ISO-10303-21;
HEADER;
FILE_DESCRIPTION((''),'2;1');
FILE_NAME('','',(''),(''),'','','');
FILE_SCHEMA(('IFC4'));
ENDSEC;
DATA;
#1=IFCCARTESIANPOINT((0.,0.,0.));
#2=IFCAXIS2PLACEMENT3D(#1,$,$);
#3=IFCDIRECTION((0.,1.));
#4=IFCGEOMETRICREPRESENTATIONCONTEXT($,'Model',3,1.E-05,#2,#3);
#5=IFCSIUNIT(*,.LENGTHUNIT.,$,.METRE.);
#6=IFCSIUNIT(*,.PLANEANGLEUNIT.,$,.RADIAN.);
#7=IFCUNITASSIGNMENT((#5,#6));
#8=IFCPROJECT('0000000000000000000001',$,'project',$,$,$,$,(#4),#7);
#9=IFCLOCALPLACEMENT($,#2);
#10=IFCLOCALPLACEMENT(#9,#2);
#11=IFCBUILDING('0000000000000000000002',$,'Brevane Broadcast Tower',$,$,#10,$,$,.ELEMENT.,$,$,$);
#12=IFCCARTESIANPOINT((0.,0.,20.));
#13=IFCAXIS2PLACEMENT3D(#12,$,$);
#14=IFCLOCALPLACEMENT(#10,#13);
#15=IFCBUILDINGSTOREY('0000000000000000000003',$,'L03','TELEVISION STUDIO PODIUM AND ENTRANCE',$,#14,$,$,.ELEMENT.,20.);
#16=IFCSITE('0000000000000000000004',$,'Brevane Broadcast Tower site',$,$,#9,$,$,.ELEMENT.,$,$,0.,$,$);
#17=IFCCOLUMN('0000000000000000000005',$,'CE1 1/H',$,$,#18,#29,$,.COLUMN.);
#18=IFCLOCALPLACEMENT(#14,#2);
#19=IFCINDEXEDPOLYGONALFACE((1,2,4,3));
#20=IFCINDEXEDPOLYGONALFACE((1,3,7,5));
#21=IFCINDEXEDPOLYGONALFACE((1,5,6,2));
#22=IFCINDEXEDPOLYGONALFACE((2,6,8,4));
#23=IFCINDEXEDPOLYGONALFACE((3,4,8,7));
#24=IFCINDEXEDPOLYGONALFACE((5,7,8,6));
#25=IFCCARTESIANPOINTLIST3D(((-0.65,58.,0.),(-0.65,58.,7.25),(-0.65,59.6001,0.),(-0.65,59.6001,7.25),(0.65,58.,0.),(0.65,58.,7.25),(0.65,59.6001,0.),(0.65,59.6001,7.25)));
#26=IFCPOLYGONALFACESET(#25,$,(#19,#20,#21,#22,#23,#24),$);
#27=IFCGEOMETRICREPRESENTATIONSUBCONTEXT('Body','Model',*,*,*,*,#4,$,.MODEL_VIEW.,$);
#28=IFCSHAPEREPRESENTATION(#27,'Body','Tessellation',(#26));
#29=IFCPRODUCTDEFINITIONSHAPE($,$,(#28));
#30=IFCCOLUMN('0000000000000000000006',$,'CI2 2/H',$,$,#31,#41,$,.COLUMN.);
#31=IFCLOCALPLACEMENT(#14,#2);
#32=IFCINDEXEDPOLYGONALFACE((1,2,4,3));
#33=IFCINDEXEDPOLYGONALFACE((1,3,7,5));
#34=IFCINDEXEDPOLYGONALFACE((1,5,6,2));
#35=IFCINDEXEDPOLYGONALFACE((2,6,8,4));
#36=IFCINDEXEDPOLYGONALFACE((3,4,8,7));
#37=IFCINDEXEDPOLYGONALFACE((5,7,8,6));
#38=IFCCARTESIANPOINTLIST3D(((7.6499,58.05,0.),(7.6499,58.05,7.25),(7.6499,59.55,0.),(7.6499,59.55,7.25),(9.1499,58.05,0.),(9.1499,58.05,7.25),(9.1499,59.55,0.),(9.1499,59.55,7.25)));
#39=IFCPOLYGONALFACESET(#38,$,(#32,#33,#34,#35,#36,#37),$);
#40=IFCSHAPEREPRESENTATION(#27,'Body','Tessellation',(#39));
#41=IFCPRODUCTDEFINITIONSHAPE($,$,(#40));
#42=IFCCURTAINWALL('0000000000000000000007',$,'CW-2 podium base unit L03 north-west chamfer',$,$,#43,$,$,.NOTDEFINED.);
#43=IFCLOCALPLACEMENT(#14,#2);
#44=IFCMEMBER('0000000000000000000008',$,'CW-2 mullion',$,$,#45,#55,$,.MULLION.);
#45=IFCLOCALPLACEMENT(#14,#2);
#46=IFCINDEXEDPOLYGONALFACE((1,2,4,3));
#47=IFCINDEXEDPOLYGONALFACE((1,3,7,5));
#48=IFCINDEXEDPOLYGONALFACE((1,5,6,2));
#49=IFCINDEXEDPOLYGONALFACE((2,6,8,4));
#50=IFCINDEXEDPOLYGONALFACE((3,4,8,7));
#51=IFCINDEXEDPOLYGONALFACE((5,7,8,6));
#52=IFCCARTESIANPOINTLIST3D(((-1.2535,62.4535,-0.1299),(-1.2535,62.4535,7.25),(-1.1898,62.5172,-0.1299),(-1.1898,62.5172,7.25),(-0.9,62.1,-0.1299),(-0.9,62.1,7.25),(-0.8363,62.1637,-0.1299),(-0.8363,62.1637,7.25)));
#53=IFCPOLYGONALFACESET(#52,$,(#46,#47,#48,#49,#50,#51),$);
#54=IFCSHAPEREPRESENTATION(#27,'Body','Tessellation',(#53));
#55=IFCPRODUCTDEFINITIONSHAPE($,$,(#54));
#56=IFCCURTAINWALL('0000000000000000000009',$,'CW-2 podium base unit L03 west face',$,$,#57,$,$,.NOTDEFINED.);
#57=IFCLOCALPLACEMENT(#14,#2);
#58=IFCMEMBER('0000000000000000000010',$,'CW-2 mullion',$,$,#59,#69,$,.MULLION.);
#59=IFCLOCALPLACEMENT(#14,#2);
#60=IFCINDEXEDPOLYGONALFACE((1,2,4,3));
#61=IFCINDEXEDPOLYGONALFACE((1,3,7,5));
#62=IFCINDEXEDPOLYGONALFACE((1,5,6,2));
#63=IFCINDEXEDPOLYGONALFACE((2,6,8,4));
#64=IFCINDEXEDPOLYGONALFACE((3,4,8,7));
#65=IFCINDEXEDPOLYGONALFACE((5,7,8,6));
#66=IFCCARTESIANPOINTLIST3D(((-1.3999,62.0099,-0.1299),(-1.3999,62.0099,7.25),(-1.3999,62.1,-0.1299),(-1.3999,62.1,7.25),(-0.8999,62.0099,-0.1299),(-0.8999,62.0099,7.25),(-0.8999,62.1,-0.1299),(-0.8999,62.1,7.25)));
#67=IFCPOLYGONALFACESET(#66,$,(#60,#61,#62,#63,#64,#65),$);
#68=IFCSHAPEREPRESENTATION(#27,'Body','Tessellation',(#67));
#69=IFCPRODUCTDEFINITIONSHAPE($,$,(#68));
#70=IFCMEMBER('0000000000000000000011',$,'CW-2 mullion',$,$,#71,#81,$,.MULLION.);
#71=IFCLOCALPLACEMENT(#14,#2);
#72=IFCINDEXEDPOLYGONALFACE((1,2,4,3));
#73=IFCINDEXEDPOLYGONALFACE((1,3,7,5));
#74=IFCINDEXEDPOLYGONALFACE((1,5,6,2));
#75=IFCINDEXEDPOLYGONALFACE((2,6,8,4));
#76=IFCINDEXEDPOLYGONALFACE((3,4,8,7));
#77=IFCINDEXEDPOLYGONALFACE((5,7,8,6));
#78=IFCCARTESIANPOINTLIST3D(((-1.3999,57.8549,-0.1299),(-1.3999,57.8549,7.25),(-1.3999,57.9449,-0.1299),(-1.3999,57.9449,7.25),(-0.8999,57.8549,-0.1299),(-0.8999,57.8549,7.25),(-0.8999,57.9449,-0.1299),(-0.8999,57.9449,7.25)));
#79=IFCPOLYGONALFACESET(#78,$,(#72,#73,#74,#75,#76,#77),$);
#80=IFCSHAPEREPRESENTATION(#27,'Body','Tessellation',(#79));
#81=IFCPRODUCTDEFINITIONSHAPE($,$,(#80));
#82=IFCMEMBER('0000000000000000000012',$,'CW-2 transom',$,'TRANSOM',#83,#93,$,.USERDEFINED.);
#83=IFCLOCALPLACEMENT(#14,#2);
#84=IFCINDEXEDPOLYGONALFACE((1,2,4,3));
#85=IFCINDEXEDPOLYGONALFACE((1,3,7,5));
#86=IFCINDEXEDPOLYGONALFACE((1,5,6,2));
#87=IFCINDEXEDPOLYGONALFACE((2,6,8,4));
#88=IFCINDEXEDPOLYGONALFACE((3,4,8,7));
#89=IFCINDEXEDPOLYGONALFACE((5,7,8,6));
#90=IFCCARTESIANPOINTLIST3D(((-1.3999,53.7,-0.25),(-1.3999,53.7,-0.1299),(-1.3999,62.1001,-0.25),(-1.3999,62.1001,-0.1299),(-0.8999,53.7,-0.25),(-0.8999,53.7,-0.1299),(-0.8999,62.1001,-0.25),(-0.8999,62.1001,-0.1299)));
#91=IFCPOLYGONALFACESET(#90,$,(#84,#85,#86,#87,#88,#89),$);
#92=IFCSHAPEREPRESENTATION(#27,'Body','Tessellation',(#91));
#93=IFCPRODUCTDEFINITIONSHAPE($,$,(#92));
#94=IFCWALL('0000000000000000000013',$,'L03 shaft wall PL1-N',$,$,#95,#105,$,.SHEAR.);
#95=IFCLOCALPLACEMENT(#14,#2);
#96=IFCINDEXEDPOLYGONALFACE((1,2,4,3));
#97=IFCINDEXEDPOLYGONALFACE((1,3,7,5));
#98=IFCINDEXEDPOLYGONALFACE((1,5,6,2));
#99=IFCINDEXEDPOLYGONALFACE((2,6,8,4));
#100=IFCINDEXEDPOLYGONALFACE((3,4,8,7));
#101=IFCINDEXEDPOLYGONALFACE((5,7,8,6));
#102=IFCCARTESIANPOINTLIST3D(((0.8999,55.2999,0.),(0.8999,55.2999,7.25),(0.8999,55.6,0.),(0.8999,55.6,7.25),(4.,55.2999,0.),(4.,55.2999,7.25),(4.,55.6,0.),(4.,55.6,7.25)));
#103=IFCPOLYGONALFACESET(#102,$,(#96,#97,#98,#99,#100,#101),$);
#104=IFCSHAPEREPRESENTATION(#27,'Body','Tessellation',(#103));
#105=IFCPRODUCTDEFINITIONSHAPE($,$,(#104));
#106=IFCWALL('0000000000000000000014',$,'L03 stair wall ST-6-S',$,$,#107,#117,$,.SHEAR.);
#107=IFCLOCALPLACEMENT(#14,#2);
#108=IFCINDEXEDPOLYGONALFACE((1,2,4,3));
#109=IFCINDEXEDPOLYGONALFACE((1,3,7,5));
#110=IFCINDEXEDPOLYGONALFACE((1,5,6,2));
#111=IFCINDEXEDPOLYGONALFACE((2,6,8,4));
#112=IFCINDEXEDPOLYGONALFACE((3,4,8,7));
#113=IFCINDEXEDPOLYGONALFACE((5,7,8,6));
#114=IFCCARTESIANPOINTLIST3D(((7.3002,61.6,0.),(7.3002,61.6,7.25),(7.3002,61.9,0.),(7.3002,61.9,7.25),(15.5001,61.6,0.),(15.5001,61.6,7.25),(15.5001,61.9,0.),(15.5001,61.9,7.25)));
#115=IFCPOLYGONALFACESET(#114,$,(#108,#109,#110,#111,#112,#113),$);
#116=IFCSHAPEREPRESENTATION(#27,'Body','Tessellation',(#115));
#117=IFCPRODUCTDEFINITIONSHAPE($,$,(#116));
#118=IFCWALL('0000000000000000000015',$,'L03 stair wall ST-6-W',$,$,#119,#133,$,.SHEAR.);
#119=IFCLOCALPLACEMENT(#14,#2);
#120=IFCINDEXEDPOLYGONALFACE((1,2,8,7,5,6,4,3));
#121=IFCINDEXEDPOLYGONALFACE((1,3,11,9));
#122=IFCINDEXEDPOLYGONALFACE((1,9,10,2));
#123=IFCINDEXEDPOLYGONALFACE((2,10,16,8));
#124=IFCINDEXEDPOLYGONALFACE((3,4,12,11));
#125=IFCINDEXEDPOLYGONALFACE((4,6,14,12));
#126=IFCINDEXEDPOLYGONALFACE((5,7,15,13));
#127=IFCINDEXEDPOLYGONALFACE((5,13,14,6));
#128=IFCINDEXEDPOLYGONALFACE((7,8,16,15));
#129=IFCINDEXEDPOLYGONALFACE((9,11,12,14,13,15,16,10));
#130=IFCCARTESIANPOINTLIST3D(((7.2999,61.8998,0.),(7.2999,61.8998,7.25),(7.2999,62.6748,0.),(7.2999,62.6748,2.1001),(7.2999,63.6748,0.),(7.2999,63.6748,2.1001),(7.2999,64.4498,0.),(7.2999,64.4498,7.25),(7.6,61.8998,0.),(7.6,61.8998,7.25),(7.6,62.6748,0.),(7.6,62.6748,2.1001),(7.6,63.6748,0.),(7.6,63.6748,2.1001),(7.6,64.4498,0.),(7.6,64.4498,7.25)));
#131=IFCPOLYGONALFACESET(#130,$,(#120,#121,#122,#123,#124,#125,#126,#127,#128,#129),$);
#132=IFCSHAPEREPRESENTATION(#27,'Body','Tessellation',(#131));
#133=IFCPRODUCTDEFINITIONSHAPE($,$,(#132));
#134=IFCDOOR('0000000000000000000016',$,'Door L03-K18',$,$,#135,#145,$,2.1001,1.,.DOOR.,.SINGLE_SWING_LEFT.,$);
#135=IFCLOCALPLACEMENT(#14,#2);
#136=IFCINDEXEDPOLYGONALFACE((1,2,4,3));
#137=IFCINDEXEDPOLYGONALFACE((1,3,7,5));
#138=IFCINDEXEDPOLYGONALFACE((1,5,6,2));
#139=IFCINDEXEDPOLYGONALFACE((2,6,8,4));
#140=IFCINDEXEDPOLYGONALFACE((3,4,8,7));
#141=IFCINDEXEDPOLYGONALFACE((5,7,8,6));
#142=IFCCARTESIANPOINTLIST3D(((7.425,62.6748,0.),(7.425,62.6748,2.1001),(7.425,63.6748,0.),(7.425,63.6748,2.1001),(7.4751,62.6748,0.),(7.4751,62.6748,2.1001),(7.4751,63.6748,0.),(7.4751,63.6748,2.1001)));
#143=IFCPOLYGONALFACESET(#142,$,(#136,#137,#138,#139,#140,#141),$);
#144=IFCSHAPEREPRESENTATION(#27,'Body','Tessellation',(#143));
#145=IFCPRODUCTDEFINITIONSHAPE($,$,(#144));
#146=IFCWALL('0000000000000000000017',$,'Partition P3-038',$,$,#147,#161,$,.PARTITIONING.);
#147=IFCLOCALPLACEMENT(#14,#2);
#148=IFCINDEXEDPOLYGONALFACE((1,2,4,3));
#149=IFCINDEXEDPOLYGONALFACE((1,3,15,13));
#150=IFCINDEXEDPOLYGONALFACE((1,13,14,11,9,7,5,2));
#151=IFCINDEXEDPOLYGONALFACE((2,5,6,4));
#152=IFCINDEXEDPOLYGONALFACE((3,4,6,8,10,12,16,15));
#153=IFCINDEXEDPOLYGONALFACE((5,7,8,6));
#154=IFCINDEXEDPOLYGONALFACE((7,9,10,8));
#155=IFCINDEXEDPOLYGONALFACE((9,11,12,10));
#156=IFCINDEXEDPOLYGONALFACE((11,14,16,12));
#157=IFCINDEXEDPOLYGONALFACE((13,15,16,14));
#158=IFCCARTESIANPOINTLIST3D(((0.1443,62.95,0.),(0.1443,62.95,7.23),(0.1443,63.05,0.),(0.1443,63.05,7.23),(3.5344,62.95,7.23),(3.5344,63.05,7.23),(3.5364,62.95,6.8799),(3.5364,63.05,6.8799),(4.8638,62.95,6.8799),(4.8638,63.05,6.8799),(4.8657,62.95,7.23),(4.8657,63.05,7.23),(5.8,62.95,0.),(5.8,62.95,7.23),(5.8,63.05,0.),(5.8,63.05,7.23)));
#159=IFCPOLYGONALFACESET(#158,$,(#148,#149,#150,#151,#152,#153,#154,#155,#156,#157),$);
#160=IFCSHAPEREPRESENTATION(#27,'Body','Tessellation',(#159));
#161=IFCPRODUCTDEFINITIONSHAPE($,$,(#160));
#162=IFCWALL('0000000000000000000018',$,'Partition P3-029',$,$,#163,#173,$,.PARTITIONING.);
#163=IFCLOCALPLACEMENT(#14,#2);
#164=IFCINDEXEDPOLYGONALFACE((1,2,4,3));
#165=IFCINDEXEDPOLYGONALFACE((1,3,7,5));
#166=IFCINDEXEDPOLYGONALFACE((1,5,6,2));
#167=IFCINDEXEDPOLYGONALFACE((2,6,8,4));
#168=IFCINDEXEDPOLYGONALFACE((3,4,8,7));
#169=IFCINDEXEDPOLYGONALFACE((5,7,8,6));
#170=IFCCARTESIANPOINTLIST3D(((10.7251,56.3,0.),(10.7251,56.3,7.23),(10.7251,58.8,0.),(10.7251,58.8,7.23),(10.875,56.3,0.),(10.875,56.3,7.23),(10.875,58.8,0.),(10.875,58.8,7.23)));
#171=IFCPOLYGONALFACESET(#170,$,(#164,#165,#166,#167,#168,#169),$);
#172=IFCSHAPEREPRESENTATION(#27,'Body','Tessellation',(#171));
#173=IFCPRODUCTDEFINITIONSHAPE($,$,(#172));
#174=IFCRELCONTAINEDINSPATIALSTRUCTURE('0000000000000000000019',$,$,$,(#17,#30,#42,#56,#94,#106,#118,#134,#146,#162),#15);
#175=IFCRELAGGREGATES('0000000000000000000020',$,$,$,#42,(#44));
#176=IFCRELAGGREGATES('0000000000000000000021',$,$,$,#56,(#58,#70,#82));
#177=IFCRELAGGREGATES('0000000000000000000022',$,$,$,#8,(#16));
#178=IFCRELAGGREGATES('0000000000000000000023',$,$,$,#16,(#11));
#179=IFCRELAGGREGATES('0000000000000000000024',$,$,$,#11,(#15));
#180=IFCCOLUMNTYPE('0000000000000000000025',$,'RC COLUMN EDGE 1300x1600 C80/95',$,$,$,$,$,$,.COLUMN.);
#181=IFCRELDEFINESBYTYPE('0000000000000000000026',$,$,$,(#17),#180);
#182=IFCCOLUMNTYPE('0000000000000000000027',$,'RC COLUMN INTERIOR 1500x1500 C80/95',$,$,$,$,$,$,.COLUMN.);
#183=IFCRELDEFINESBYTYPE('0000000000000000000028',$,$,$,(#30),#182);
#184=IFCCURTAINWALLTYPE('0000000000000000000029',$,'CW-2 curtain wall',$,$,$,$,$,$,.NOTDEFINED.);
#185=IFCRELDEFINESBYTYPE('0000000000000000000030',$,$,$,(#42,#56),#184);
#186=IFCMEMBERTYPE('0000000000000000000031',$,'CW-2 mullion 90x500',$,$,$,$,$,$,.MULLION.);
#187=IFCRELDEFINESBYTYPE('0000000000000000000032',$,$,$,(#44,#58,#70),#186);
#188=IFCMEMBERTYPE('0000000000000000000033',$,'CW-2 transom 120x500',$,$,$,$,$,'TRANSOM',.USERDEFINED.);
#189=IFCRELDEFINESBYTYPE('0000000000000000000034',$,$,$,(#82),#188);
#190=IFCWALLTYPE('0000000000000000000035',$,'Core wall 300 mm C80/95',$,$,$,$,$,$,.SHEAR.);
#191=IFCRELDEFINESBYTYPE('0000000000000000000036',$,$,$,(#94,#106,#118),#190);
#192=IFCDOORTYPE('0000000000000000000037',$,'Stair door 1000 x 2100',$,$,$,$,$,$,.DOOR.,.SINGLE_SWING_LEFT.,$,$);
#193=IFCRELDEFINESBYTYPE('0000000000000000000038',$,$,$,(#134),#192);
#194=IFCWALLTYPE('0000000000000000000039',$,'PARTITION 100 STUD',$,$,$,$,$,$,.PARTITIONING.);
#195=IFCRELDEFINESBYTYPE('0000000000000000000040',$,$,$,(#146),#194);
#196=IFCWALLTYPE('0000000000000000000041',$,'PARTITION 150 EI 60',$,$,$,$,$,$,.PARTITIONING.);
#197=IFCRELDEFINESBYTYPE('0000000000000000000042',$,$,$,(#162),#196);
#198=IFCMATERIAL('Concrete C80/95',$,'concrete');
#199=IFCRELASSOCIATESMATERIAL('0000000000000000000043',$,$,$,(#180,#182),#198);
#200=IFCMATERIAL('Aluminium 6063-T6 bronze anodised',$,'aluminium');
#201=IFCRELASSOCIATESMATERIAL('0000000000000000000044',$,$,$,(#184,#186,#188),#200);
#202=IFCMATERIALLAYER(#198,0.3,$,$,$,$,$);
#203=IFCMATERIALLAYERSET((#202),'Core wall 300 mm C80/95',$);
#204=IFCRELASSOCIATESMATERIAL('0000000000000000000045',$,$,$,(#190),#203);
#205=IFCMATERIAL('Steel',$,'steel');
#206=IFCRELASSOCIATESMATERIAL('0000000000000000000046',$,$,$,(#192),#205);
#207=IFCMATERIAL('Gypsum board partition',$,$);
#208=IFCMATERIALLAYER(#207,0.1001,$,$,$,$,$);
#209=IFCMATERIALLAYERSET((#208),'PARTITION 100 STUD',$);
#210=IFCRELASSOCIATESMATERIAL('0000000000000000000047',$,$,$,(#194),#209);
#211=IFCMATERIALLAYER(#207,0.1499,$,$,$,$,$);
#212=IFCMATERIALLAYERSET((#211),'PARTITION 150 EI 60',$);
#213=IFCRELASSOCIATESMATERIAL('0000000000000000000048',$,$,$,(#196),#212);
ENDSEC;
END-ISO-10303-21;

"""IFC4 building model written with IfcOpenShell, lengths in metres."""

from ifc_helpers import new_model, si_unit, direction, frame, frame_2d, origin, origin_2d, place, context, subcontext, project, spatial, polyline, rectangle, outline, extrude, material, layer, layer_set, material_profile, profile_set, type_object, element, fill, aggregate, save


model = new_model("IFC4")

# Units and contexts
model_context = context("Model", 3, precision=1e-05, world=origin(), true_north=direction((0.0, 1.0)))
body_context = subcontext(model_context, "Body", "Model", "MODEL_VIEW")
ifc_project = project(units=[si_unit("LENGTHUNIT", "METRE"), si_unit("PLANEANGLEUNIT", "RADIAN")], contexts=[model_context])

# Site, building, storey
site_placement = place(None, origin())
site = spatial("IfcSite", under=ifc_project, at=site_placement, Name="Brevane Broadcast Tower site", CompositionType="ELEMENT", RefElevation=0.0)
building_placement = place(site_placement, origin())
building = spatial("IfcBuilding", under=site, at=building_placement, Name="Brevane Broadcast Tower", CompositionType="ELEMENT")
storey_placement = place(building_placement, frame((0.0, 0.0, 20.0)))
storey = spatial("IfcBuildingStorey", under=building, at=storey_placement, Name="L03", Description="TELEVISION STUDIO PODIUM AND ENTRANCE", CompositionType="ELEMENT", Elevation=20.0)

# Columns
ifc_material_1 = material(Name="Concrete C80/95", Category="concrete")
ifc_material_profile_1 = material_profile(ifc_material_1, rectangle(XDim=1.3, YDim=1.6001, at=origin_2d()), Name="RC 1300x1600")
ifc_profile_set_1 = profile_set([ifc_material_profile_1], Name="Concrete C80/95")
column_type_1 = type_object("IfcColumnType", Name="RC COLUMN EDGE 1300x1600 C80/95", PredefinedType="COLUMN", material=ifc_profile_set_1)
column_1_placement = place(storey_placement, frame((0.0, 58.8, 0.0), z_axis=(0.0, 0.0, 1.0), x_axis=(1.0, 0.0, 0.0)))
element("IfcColumn", 1, at=column_1_placement, inside=storey, type_object=column_type_1, Name="CE1 1/H", PredefinedType="COLUMN", context=body_context, shape_type="SweptSolid", body=[
    extrude(rectangle(XDim=1.3, YDim=1.6001, at=origin_2d()), origin(), (0.0, 0.0, 1.0), 7.25),
])
ifc_material_profile_2 = material_profile(ifc_material_1, rectangle(XDim=1.5, YDim=1.5, at=origin_2d()), Name="RC 1500x1500")
ifc_profile_set_2 = profile_set([ifc_material_profile_2], Name="Concrete C80/95")
column_type_2 = type_object("IfcColumnType", Name="RC COLUMN INTERIOR 1500x1500 C80/95", PredefinedType="COLUMN", material=ifc_profile_set_2)
column_2_placement = place(storey_placement, frame((8.3999, 58.8, 0.0), z_axis=(0.0, 0.0, 1.0), x_axis=(1.0, 0.0, 0.0)))
element("IfcColumn", 2, at=column_2_placement, inside=storey, type_object=column_type_2, Name="CI2 2/H", PredefinedType="COLUMN", context=body_context, shape_type="SweptSolid", body=[
    extrude(rectangle(XDim=1.5, YDim=1.5, at=origin_2d()), origin(), (0.0, 0.0, 1.0), 7.25),
])

# Curtain wall, member
ifc_material_2 = material(Name="Aluminium 6063-T6 bronze anodised", Category="aluminium")
curtain_wall_type = type_object("IfcCurtainWallType", Name="CW-2 curtain wall", PredefinedType="NOTDEFINED", material=ifc_material_2)
curtain_wall_1_placement = place(storey_placement, origin())
curtain_wall_1 = element("IfcCurtainWall", 3, at=curtain_wall_1_placement, inside=storey, type_object=curtain_wall_type, Name="CW-2 podium base unit L03 north-west chamfer", PredefinedType="NOTDEFINED")
ifc_material_profile_3 = material_profile(ifc_material_2, rectangle(XDim=0.5, YDim=0.0901, at=origin_2d()), Name="RECT 90x500")
ifc_profile_set_3 = profile_set([ifc_material_profile_3], Name="Aluminium 6063-T6 bronze anodised")
member_type_1 = type_object("IfcMemberType", Name="CW-2 mullion 90x500", PredefinedType="MULLION", material=ifc_profile_set_3)
member_1_placement = place(storey_placement, frame((-1.0449, 62.3086, -0.1299), z_axis=(0.0, 0.0, 1.0), x_axis=(0.707107, -0.707107, 0.0)))
member_1 = element("IfcMember", 4, at=member_1_placement, type_object=member_type_1, Name="CW-2 mullion", PredefinedType="MULLION", context=body_context, shape_type="SweptSolid", body=[
    extrude(rectangle(XDim=0.5, YDim=0.0901, at=origin_2d()), origin(), (0.0, 0.0, 1.0), 7.3799),
])
aggregate(curtain_wall_1, [member_1])

# Curtain wall, members
curtain_wall_2_placement = place(storey_placement, origin())
curtain_wall_2 = element("IfcCurtainWall", 5, at=curtain_wall_2_placement, inside=storey, type_object=curtain_wall_type, Name="CW-2 podium base unit L03 west face", PredefinedType="NOTDEFINED")
member_2_placement = place(storey_placement, frame((-1.1499, 62.0549, -0.1299), z_axis=(0.0, 0.0, 1.0), x_axis=(1.0, 0.0, 0.0)))
member_2 = element("IfcMember", 6, at=member_2_placement, type_object=member_type_1, Name="CW-2 mullion", PredefinedType="MULLION", context=body_context, shape_type="SweptSolid", body=[
    extrude(rectangle(XDim=0.5, YDim=0.0901, at=origin_2d()), origin(), (0.0, 0.0, 1.0), 7.3799),
])
member_3_placement = place(storey_placement, frame((-1.1499, 57.8999, -0.1299), z_axis=(0.0, 0.0, 1.0), x_axis=(1.0, 0.0, 0.0)))
member_3 = element("IfcMember", 7, at=member_3_placement, type_object=member_type_1, Name="CW-2 mullion", PredefinedType="MULLION", context=body_context, shape_type="SweptSolid", body=[
    extrude(rectangle(XDim=0.5, YDim=0.0901, at=origin_2d()), origin(), (0.0, 0.0, 1.0), 7.3799),
])
ifc_material_profile_4 = material_profile(ifc_material_2, rectangle(XDim=0.5, YDim=0.1201, at=origin_2d()), Name="RECT 120x500")
ifc_profile_set_4 = profile_set([ifc_material_profile_4], Name="Aluminium 6063-T6 bronze anodised")
member_type_2 = type_object("IfcMemberType", Name="CW-2 transom 120x500", ElementType="TRANSOM", PredefinedType="USERDEFINED", material=ifc_profile_set_4)
member_4_placement = place(storey_placement, frame((-1.1499, 62.1001, -0.1899), z_axis=(0.0, -1.0, 0.0), x_axis=(1.0, 0.0, 0.0)))
member_4 = element("IfcMember", 8, at=member_4_placement, type_object=member_type_2, Name="CW-2 transom", ObjectType="TRANSOM", PredefinedType="USERDEFINED", context=body_context, shape_type="SweptSolid", body=[
    extrude(rectangle(XDim=0.5, YDim=0.1201, at=origin_2d()), origin(), (0.0, 0.0, 1.0), 8.4001),
])
aggregate(curtain_wall_2, [member_2, member_3, member_4])

# Walls
ifc_layer_1 = layer(ifc_material_1, 0.3)
ifc_layer_set_1 = layer_set([ifc_layer_1], Name="Core wall 300 mm C80/95")
wall_type_1 = type_object("IfcWallType", Name="Core wall 300 mm C80/95", PredefinedType="SHEAR", material=ifc_layer_set_1)
wall_1_placement = place(storey_placement, frame((0.8999, 55.45, 0.0), z_axis=(0.0, 0.0, 1.0), x_axis=(1.0, 0.0, 0.0)))
element("IfcWall", 9, at=wall_1_placement, inside=storey, type_object=wall_type_1, Name="L03 shaft wall PL1-N", PredefinedType="SHEAR", context=body_context, shape_type="SweptSolid", body=[
    extrude(rectangle(XDim=3.1001, YDim=0.3, at=frame_2d((1.55, 0.0))), origin(), (0.0, 0.0, 1.0), 7.25),
])
wall_2_placement = place(storey_placement, frame((7.3, 61.75, 0.0), z_axis=(0.0, 0.0, 1.0), x_axis=(1.0, 0.0, 0.0)))
element("IfcWall", 10, at=wall_2_placement, inside=storey, type_object=wall_type_1, Name="L03 stair wall ST-6-S", PredefinedType="SHEAR", context=body_context, shape_type="SweptSolid", body=[
    extrude(rectangle(XDim=8.2, YDim=0.3, at=frame_2d((4.1001, 0.0))), origin(), (0.0, 0.0, 1.0), 7.25),
])

# Wall, opening, door
wall_3_placement = place(storey_placement, frame((7.45, 61.8999, 0.0), z_axis=(0.0, 0.0, 1.0), x_axis=(0.0, 1.0, 0.0)))
wall_3 = element("IfcWall", 11, at=wall_3_placement, inside=storey, type_object=wall_type_1, Name="L03 stair wall ST-6-W", PredefinedType="SHEAR", context=body_context, shape_type="SweptSolid", body=[
    extrude(rectangle(XDim=2.55, YDim=0.3, at=frame_2d((1.2749, 0.0))), origin(), (0.0, 0.0, 1.0), 7.25),
])
opening_1_placement = place(wall_3_placement, frame((0.7749, 0.0, 0.0)))
opening_1 = element("IfcOpeningElement", 12, at=opening_1_placement, cuts=wall_3, PredefinedType="OPENING", context=body_context, shape_type="SweptSolid", body=[
    extrude(rectangle(XDim=1.0, YDim=2.1001, at=frame_2d((0.5, 1.05))), frame((0.0, 0.1599, 0.0), z_axis=(0.0, -1.0, 0.0), x_axis=(1.0, 0.0, 0.0)), (0.0, 0.0, 1.0), 0.3201),
])
ifc_material_3 = material(Name="Steel", Category="steel")
door_type_1 = type_object("IfcDoorType", Name="Stair door 1000 x 2100", OperationType="SINGLE_SWING_LEFT", PredefinedType="DOOR", material=ifc_material_3)
door_1_placement = place(opening_1_placement, origin())
door_1 = element("IfcDoor", 13, at=door_1_placement, inside=storey, type_object=door_type_1, Name="Door L03-K18", OperationType="SINGLE_SWING_LEFT", OverallHeight=2.1001, OverallWidth=1.0, PredefinedType="DOOR", context=body_context, shape_type="SweptSolid", body=[
    extrude(rectangle(XDim=1.0, YDim=2.1001, at=frame_2d((0.5, 1.05))), frame((0.0, 0.0249, 0.0), z_axis=(0.0, -1.0, 0.0), x_axis=(1.0, 0.0, 0.0)), (0.0, 0.0, 1.0), 0.05),
])
fill(opening_1, door_1)

# Walls
ifc_material_4 = material(Name="Gypsum board partition")
ifc_layer_2 = layer(ifc_material_4, 0.1001)
ifc_layer_set_2 = layer_set([ifc_layer_2], Name="PARTITION 100 STUD")
wall_type_2 = type_object("IfcWallType", Name="PARTITION 100 STUD", PredefinedType="PARTITIONING", material=ifc_layer_set_2)
wall_4_placement = place(storey_placement, frame((0.1443, 63.0, 0.0), z_axis=(0.0, 0.0, 1.0), x_axis=(1.0, 0.0, 0.0)))
element("IfcWall", 14, at=wall_4_placement, inside=storey, type_object=wall_type_2, Name="Partition P3-038", PredefinedType="PARTITIONING", context=body_context, shape_type="SweptSolid", body=[
    extrude(outline(polyline([(0.0, 0.0), (5.6558, 0.0), (5.6558, 7.23), (4.7214, 7.23), (4.7195, 6.8799), (3.3921, 6.8799), (3.3901, 7.23), (0.0, 7.23), (0.0, 0.0)])), frame((0.0, 0.05, 0.0), z_axis=(0.0, -1.0, 0.0), x_axis=(1.0, 0.0, 0.0)), (0.0, 0.0, 1.0), 0.1001),
])
ifc_layer_3 = layer(ifc_material_4, 0.1499)
ifc_layer_set_3 = layer_set([ifc_layer_3], Name="PARTITION 150 EI 60")
wall_type_3 = type_object("IfcWallType", Name="PARTITION 150 EI 60", PredefinedType="PARTITIONING", material=ifc_layer_set_3)
wall_5_placement = place(storey_placement, frame((10.8, 56.3, 0.0), z_axis=(0.0, 0.0, 1.0), x_axis=(0.0, 1.0, 0.0)))
element("IfcWall", 15, at=wall_5_placement, inside=storey, type_object=wall_type_3, Name="Partition P3-029", PredefinedType="PARTITIONING", context=body_context, shape_type="SweptSolid", body=[
    extrude(rectangle(XDim=2.5, YDim=0.1499, at=frame_2d((1.25, 0.0))), origin(), (0.0, 0.0, 1.0), 7.23),
])

save(model, "model.ifc")
